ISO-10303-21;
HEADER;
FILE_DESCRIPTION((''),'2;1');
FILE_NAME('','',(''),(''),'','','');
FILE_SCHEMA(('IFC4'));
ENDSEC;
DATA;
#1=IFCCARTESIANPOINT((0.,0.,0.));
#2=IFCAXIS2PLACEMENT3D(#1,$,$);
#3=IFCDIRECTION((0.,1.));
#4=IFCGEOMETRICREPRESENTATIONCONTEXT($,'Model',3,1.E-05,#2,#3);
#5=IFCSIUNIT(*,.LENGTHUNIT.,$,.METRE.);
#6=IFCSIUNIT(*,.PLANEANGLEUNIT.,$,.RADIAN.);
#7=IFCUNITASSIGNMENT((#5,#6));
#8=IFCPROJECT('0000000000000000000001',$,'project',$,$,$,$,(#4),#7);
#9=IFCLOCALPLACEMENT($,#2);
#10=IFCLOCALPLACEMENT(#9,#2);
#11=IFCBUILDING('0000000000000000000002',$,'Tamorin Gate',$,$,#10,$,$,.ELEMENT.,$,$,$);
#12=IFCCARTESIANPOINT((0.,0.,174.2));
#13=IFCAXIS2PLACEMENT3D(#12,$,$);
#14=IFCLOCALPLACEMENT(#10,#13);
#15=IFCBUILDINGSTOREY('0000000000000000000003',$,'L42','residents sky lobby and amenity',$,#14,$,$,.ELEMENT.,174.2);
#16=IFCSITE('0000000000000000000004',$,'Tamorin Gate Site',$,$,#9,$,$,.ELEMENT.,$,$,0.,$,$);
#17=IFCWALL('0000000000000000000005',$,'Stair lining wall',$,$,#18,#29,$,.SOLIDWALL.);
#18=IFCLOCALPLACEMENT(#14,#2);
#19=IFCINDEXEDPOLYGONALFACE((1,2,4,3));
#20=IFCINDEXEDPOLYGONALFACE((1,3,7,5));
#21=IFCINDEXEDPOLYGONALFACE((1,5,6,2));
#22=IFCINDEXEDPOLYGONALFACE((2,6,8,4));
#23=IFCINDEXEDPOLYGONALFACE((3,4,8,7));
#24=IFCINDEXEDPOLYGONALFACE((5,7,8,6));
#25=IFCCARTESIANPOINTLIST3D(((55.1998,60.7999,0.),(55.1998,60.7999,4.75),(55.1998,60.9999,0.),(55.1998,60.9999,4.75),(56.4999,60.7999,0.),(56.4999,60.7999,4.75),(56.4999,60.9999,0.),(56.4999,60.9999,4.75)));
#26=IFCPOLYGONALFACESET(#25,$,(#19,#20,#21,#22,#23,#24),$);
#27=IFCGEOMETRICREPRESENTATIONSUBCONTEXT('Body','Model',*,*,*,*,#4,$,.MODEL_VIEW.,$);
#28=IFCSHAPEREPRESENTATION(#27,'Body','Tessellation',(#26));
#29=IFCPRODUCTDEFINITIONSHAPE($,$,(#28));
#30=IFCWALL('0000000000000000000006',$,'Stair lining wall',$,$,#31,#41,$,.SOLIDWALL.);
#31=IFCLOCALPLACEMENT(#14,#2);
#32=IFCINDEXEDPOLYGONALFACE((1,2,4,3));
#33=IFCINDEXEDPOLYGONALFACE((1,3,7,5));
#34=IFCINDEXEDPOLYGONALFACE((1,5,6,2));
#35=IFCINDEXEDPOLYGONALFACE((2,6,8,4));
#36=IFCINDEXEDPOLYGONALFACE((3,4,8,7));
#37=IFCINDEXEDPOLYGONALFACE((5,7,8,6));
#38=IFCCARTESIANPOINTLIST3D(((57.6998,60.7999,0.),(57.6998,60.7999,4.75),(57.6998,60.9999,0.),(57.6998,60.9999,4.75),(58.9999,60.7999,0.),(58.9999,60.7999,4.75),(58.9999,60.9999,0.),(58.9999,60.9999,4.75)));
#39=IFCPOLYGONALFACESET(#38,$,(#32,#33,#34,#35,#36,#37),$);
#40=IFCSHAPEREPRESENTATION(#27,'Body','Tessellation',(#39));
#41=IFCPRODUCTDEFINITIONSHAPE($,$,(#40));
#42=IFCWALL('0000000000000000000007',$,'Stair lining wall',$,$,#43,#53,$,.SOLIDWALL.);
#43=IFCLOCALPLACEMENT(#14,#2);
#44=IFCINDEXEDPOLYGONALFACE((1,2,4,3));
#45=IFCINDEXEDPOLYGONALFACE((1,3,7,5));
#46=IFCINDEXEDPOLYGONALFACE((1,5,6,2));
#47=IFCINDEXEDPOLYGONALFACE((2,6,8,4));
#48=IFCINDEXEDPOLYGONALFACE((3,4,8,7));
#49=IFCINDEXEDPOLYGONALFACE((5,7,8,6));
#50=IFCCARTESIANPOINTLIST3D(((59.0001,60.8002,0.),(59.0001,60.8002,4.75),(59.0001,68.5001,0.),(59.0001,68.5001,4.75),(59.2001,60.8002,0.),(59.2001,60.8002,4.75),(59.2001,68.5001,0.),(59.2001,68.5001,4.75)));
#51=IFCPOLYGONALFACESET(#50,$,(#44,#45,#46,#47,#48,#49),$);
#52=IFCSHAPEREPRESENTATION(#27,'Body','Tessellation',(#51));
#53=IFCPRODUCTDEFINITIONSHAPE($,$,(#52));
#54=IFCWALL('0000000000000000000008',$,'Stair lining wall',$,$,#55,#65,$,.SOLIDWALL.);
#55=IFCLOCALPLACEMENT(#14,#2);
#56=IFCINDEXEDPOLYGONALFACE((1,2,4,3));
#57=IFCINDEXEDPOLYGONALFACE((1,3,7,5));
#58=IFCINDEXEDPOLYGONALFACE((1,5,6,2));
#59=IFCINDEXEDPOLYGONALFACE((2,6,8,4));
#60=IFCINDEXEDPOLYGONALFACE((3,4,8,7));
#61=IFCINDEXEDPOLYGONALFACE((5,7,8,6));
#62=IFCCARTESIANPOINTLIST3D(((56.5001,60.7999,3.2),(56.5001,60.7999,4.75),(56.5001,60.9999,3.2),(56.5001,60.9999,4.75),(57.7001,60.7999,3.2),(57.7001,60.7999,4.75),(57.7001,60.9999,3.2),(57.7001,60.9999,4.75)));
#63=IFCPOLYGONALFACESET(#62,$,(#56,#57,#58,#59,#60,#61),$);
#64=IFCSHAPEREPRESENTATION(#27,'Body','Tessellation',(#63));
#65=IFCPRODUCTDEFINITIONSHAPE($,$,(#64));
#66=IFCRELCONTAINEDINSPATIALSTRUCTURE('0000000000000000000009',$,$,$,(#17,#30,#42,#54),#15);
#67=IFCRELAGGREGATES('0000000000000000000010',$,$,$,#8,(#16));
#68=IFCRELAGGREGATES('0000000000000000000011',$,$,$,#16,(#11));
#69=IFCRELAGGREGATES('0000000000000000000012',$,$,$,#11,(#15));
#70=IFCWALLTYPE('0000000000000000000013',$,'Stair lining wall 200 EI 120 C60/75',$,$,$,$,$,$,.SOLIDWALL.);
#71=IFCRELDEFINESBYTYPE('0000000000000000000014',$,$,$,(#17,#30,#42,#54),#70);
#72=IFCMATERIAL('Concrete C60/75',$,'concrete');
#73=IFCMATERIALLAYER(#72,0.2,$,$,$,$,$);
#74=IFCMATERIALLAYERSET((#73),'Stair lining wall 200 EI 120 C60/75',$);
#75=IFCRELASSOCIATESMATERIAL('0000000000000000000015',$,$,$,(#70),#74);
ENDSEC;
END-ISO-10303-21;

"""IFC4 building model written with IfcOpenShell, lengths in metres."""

from ifc_helpers import new_model, si_unit, direction, frame, frame_2d, origin, place, context, subcontext, project, spatial, rectangle, extrude, material, layer, layer_set, type_object, element, save


model = new_model("IFC4")

# Units and contexts
model_context = context("Model", 3, precision=1e-05, world=origin(), true_north=direction((0.0, 1.0)))
body_context = subcontext(model_context, "Body", "Model", "MODEL_VIEW")
ifc_project = project(units=[si_unit("LENGTHUNIT", "METRE"), si_unit("PLANEANGLEUNIT", "RADIAN")], contexts=[model_context])

# Site, building, storey
site_placement = place(None, origin())
site = spatial("IfcSite", under=ifc_project, at=site_placement, Name="Tamorin Gate Site", CompositionType="ELEMENT", RefElevation=0.0)
building_placement = place(site_placement, origin())
building = spatial("IfcBuilding", under=site, at=building_placement, Name="Tamorin Gate", CompositionType="ELEMENT")
storey_placement = place(building_placement, frame((0.0, 0.0, 174.2)))
storey = spatial("IfcBuildingStorey", under=building, at=storey_placement, Name="L42", Description="residents sky lobby and amenity", CompositionType="ELEMENT", Elevation=174.2)

# Shared definitions
ifc_material_1 = material(Name="Concrete C60/75", Category="concrete")

# Walls
ifc_layer_1 = layer(ifc_material_1, 0.2)
ifc_layer_set_1 = layer_set([ifc_layer_1], Name="Stair lining wall 200 EI 120 C60/75")
wall_type_1 = type_object("IfcWallType", Name="Stair lining wall 200 EI 120 C60/75", PredefinedType="SOLIDWALL", material=ifc_layer_set_1)
for number, where, z_axis, x_axis, name in (
    (1, (55.2, 60.8999, 0.0), (0.0, 0.0, 1.0), (1.0, 0.0, 0.0), "Stair lining wall"),
    (2, (57.7, 60.8999, 0.0), (0.0, 0.0, 1.0), (1.0, 0.0, 0.0), "Stair lining wall"),
):
    element("IfcWall", number, at=place(storey_placement, frame(where, z_axis=z_axis, x_axis=x_axis)), inside=storey, type_object=wall_type_1, Name=name, PredefinedType="SOLIDWALL", context=body_context, shape_type="SweptSolid", body=[
        extrude(rectangle(XDim=1.3, YDim=0.2, at=frame_2d((0.6499, 0.0))), origin(), (0.0, 0.0, 1.0), 4.75),
    ])
wall_1_placement = place(storey_placement, frame((59.1001, 60.8, 0.0), z_axis=(0.0, 0.0, 1.0), x_axis=(0.0, 1.0, 0.0)))
element("IfcWall", 3, at=wall_1_placement, inside=storey, type_object=wall_type_1, Name="Stair lining wall", PredefinedType="SOLIDWALL", context=body_context, shape_type="SweptSolid", body=[
    extrude(rectangle(XDim=7.7, YDim=0.2, at=frame_2d((3.8501, 0.0))), origin(), (0.0, 0.0, 1.0), 4.75),
])
wall_2_placement = place(storey_placement, frame((56.5, 60.8999, 3.2), z_axis=(0.0, 0.0, 1.0), x_axis=(1.0, 0.0, 0.0)))
element("IfcWall", 4, at=wall_2_placement, inside=storey, type_object=wall_type_1, Name="Stair lining wall", PredefinedType="SOLIDWALL", context=body_context, shape_type="SweptSolid", body=[
    extrude(rectangle(XDim=1.2, YDim=0.2, at=frame_2d((0.6001, 0.0))), origin(), (0.0, 0.0, 1.0), 1.55),
])

save(model, "model.ifc")
